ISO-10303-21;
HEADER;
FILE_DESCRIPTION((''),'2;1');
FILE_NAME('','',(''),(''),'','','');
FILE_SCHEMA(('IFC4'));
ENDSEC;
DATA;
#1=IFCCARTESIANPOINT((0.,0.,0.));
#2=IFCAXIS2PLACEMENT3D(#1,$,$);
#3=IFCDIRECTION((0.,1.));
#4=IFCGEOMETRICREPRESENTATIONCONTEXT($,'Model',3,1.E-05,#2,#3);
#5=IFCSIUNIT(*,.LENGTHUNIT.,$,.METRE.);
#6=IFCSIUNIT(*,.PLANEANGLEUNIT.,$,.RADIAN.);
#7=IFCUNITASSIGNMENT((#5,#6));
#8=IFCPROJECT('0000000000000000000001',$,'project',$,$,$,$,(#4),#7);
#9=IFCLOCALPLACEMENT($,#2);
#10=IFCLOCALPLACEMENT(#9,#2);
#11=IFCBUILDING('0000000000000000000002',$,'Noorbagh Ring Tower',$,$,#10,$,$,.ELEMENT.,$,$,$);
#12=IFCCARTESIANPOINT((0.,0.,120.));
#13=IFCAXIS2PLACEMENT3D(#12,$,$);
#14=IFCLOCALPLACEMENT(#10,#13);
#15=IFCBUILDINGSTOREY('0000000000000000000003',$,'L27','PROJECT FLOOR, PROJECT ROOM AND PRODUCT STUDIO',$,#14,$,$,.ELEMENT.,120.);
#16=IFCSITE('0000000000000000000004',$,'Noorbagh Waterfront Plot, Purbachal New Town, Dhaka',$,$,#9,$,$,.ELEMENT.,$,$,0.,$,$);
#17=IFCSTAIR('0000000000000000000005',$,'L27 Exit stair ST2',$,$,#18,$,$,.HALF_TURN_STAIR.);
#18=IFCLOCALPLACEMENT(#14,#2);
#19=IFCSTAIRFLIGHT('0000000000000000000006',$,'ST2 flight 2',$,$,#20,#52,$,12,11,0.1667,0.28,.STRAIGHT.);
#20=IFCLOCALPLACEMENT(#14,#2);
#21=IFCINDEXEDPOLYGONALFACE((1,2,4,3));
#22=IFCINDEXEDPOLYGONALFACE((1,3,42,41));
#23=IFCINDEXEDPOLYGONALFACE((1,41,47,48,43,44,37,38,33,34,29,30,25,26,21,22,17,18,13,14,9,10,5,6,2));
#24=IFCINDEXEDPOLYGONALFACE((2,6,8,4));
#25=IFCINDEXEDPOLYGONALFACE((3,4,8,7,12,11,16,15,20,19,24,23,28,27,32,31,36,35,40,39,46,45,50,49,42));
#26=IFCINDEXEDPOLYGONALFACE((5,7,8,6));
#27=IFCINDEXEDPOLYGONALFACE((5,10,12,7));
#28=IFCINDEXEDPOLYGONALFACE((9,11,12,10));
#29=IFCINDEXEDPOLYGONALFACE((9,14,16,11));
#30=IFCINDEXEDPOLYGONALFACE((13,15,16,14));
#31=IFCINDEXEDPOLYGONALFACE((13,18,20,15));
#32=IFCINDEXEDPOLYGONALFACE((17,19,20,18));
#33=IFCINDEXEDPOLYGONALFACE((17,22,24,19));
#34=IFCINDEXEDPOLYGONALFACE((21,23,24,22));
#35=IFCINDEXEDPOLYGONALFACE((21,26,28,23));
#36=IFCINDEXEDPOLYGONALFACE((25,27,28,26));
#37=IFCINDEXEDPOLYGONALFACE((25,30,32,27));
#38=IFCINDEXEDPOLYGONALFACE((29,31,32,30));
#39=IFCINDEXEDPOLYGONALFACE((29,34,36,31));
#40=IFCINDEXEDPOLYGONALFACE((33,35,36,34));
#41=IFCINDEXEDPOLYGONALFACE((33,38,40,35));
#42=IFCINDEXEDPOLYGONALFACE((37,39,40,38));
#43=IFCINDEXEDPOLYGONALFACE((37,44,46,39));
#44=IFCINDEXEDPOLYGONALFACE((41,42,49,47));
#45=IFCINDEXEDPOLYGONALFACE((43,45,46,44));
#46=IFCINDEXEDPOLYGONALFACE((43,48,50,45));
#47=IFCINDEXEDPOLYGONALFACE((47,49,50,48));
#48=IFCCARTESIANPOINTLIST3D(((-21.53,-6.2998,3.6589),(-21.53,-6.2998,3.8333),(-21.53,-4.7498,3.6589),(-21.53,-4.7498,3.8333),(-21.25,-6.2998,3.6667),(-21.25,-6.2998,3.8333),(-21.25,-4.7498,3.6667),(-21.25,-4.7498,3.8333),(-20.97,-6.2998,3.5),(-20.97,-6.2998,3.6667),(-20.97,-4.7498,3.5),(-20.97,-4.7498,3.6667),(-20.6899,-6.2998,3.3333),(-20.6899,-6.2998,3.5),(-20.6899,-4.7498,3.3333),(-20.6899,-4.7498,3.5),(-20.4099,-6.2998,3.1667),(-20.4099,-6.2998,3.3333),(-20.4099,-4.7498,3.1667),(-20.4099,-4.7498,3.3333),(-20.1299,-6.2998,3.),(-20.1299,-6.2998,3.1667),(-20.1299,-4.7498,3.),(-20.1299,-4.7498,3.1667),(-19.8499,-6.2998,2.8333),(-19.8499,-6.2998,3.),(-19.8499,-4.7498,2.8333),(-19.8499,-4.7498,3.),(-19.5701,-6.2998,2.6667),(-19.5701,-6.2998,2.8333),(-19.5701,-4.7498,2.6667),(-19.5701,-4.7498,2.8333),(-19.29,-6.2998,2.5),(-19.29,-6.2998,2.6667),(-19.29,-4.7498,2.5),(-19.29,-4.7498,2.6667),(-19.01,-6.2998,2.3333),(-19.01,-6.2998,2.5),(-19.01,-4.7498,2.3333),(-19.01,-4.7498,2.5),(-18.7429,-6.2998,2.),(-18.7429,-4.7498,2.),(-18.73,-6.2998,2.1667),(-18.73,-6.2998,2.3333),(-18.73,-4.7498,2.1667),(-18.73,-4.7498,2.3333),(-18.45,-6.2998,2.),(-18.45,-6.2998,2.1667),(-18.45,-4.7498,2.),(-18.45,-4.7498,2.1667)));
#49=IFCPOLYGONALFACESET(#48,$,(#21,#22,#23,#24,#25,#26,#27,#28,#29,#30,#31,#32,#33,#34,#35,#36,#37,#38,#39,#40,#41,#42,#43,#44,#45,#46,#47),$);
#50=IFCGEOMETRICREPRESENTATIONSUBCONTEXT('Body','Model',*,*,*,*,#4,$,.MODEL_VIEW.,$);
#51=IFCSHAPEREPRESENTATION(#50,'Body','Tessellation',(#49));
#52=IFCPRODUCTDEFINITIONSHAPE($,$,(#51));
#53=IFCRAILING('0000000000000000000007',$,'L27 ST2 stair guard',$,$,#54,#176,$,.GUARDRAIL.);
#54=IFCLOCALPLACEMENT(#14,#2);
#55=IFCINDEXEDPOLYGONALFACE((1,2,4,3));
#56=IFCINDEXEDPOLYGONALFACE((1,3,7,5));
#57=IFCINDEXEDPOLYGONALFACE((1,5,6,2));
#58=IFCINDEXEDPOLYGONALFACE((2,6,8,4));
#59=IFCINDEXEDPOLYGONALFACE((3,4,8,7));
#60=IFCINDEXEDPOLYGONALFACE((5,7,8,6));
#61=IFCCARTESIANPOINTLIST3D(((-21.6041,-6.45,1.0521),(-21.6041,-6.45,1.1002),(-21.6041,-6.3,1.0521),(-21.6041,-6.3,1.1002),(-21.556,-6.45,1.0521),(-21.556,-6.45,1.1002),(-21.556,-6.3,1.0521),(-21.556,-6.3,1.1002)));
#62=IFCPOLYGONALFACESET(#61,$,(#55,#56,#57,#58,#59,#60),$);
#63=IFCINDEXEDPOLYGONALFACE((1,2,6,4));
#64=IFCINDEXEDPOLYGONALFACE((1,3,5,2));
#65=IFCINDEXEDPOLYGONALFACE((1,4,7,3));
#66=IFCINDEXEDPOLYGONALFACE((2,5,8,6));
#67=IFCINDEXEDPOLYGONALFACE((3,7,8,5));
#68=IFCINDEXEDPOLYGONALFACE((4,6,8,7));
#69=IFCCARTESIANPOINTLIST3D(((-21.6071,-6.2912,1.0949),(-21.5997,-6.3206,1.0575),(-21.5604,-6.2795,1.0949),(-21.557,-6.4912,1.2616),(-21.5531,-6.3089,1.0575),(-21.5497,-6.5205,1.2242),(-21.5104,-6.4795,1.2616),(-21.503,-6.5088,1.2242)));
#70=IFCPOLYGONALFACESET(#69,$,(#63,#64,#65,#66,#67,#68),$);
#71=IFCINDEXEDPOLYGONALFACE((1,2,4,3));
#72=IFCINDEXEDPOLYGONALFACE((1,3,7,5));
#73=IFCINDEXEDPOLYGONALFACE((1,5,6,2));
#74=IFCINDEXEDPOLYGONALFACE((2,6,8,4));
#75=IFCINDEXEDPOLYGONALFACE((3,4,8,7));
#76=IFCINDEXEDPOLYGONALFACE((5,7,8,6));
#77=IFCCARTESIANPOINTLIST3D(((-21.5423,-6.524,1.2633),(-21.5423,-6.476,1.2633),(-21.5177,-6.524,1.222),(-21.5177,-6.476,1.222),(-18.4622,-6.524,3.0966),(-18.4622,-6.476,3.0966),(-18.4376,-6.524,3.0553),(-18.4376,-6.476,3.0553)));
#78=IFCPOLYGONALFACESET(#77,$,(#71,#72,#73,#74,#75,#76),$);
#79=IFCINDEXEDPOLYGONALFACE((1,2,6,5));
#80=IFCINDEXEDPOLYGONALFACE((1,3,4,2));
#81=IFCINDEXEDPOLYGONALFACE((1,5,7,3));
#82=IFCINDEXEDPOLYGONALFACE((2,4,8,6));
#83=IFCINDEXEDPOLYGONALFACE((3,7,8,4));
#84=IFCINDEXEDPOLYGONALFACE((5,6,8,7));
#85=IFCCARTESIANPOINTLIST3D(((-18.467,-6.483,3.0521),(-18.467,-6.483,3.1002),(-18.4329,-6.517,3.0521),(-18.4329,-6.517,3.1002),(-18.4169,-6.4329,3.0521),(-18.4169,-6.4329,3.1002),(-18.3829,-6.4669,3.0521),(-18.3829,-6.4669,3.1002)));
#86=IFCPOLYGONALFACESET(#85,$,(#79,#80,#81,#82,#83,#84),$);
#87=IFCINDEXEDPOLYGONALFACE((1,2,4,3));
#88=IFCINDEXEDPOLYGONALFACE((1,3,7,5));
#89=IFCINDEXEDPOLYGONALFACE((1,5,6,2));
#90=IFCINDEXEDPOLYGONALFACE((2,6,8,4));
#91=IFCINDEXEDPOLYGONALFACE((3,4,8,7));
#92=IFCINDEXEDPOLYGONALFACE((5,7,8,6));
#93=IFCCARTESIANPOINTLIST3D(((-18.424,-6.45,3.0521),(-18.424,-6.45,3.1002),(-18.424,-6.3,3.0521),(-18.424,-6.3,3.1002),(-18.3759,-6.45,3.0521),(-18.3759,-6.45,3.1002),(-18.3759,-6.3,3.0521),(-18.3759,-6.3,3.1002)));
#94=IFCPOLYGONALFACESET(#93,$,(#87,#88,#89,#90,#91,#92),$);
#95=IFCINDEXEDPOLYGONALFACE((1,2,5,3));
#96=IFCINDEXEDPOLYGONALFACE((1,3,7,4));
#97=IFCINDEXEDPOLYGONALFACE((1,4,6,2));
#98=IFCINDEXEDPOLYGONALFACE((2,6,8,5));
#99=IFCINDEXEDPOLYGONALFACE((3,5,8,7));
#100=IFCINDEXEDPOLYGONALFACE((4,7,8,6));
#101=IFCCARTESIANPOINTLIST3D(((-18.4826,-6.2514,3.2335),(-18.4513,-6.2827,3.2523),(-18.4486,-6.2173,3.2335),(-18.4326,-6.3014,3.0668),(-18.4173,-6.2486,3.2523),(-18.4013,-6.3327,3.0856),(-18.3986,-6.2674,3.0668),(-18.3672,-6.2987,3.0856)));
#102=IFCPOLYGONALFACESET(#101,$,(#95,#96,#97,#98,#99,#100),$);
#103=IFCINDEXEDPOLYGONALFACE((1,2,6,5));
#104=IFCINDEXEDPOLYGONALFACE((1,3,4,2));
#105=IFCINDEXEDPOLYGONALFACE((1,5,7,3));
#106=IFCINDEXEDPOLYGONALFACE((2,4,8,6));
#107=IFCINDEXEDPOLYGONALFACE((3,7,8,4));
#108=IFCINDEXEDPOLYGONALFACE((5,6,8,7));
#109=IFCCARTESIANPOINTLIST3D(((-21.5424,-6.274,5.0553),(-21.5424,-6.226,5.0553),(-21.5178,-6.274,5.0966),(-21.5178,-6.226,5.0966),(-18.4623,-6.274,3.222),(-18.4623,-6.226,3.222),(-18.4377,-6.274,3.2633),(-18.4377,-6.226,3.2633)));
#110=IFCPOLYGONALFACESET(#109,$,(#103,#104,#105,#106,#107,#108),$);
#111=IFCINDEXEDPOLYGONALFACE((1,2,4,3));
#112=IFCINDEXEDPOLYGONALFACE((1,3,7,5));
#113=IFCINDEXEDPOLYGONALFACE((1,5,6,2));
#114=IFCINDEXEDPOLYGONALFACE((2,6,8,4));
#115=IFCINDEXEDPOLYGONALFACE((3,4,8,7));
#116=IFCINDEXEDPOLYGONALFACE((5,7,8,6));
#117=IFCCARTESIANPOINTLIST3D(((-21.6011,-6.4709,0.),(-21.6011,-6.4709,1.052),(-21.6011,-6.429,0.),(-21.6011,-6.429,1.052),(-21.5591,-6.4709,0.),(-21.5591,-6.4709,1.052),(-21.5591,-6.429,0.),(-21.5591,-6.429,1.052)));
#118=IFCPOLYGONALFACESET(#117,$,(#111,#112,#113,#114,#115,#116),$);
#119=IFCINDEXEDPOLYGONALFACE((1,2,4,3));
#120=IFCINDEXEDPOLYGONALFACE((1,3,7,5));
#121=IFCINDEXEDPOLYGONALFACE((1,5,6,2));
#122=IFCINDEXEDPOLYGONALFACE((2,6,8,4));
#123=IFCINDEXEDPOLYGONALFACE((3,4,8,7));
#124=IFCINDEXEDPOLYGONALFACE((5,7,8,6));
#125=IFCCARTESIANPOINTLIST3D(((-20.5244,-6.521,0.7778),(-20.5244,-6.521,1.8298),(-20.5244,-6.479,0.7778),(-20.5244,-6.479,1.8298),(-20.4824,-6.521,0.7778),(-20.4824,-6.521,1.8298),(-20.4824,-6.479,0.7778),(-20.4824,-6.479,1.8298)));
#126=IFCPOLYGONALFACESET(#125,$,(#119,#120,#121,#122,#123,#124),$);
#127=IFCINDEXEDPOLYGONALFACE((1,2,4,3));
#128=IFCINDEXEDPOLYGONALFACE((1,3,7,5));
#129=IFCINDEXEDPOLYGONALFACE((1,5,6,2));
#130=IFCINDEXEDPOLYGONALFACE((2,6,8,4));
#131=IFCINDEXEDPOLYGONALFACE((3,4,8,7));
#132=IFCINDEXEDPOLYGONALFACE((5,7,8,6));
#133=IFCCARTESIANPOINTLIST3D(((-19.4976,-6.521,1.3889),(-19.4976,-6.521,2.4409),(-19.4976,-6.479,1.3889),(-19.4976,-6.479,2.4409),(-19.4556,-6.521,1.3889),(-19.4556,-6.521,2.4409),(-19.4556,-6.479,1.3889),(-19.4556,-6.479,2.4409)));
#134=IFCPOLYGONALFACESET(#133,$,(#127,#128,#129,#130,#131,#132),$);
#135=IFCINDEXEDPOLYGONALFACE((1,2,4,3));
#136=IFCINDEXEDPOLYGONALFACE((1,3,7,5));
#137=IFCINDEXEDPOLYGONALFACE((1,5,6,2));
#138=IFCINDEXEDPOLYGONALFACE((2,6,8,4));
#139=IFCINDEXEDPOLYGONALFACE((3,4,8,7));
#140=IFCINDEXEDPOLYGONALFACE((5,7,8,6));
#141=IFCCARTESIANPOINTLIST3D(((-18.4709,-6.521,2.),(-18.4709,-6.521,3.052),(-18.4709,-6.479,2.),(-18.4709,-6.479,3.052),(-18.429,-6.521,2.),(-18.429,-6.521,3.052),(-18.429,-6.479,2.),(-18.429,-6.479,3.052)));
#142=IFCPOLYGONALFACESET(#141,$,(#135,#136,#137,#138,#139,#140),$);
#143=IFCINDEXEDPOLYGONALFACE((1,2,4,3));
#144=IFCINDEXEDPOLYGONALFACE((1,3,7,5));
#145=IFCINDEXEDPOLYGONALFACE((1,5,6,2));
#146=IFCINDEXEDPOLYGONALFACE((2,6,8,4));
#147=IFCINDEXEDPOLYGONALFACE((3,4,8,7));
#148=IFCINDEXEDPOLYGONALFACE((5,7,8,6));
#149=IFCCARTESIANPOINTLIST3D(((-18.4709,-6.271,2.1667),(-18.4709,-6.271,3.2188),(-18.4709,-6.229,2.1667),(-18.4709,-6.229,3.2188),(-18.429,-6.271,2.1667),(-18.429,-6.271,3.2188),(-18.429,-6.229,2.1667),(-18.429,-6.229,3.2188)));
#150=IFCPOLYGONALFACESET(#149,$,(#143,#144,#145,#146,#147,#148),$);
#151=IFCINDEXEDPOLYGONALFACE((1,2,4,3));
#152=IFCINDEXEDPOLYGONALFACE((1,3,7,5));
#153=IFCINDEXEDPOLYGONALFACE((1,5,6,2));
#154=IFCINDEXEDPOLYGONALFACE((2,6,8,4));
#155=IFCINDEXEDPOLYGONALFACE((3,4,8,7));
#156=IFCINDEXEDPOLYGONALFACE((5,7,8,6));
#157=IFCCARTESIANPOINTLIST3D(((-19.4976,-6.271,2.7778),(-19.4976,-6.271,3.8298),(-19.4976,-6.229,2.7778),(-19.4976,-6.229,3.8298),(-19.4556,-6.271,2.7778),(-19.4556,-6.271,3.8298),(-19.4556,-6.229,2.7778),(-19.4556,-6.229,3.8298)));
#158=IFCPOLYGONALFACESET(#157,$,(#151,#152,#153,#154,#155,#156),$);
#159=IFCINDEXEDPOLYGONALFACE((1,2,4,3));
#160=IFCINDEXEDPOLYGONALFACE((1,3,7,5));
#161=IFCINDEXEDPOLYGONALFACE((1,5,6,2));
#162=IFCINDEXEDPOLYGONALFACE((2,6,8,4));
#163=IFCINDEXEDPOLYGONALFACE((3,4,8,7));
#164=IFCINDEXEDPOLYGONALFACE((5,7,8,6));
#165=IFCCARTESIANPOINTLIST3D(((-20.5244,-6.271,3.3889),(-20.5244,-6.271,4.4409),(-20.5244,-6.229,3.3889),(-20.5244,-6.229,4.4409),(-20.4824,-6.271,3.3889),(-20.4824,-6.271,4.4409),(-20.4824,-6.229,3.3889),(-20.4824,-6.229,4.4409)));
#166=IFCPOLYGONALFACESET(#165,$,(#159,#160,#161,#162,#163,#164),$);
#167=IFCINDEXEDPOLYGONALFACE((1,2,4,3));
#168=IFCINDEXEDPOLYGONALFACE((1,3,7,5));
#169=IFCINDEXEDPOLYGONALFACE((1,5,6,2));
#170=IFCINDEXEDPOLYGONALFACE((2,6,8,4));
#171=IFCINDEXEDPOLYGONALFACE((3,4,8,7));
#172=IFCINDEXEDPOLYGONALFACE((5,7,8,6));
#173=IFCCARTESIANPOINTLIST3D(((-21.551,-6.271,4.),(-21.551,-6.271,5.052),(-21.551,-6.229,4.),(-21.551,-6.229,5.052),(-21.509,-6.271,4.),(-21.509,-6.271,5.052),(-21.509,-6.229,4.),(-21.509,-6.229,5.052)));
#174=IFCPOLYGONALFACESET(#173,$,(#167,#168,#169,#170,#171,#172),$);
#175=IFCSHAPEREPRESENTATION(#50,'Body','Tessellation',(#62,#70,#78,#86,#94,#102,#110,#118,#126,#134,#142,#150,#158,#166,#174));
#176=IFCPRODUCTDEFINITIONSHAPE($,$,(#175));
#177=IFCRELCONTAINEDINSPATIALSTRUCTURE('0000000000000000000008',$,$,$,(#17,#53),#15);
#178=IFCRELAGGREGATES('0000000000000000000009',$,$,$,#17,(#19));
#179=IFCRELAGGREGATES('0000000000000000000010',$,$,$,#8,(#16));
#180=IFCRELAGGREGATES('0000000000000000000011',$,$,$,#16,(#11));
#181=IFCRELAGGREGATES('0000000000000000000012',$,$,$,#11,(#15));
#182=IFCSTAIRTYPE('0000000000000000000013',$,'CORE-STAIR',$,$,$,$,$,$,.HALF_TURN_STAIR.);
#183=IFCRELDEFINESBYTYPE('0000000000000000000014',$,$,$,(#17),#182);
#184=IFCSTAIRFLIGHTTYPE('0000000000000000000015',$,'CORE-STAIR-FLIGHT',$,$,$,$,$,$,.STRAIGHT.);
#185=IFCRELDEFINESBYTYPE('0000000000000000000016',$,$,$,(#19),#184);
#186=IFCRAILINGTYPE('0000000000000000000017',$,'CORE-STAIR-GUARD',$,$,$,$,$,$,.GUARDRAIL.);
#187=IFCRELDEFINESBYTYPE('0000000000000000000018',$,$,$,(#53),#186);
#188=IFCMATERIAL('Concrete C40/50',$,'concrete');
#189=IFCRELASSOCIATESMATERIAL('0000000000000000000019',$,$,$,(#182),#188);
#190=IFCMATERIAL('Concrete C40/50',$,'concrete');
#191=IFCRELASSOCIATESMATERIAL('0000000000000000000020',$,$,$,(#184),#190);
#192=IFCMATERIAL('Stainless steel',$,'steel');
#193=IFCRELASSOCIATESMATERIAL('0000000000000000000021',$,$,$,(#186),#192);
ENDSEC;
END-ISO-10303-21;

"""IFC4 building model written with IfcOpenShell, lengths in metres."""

from ifc_helpers import new_model, si_unit, direction, frame, origin, origin_2d, place, context, subcontext, project, spatial, polyline, rectangle, outline, extrude, material, type_object, element, aggregate, save


model = new_model("IFC4")

# Units and contexts
model_context = context("Model", 3, precision=1e-05, world=origin(), true_north=direction((0.0, 1.0)))
body_context = subcontext(model_context, "Body", "Model", "MODEL_VIEW")
ifc_project = project(units=[si_unit("LENGTHUNIT", "METRE"), si_unit("PLANEANGLEUNIT", "RADIAN")], contexts=[model_context])

# Site, building, storey
site_placement = place(None, origin())
site = spatial("IfcSite", under=ifc_project, at=site_placement, Name="Noorbagh Waterfront Plot, Purbachal New Town, Dhaka", CompositionType="ELEMENT", RefElevation=0.0)
building_placement = place(site_placement, origin())
building = spatial("IfcBuilding", under=site, at=building_placement, Name="Noorbagh Ring Tower", CompositionType="ELEMENT")
storey_placement = place(building_placement, frame((0.0, 0.0, 120.0)))
storey = spatial("IfcBuildingStorey", under=building, at=storey_placement, Name="L27", Description="PROJECT FLOOR, PROJECT ROOM AND PRODUCT STUDIO", CompositionType="ELEMENT", Elevation=120.0)

# Stair, stair flight
ifc_material_1 = material(Name="Concrete C40/50", Category="concrete")
stair_type = type_object("IfcStairType", Name="CORE-STAIR", PredefinedType="HALF_TURN_STAIR", material=ifc_material_1)
stair_placement = place(storey_placement, origin())
stair = element("IfcStair", 1, at=stair_placement, inside=storey, type_object=stair_type, Name="L27 Exit stair ST2", PredefinedType="HALF_TURN_STAIR")
ifc_material_2 = material(Name="Concrete C40/50", Category="concrete")
stair_flight_type = type_object("IfcStairFlightType", Name="CORE-STAIR-FLIGHT", PredefinedType="STRAIGHT", material=ifc_material_2)
stair_flight_1_placement = place(storey_placement, frame((-18.45, -5.5249, 2.0), z_axis=(0.0, 0.0, 1.0), x_axis=(-1.0, 0.0, 0.0)))
stair_flight_1 = element("IfcStairFlight", 2, at=stair_flight_1_placement, type_object=stair_flight_type, Name="ST2 flight 2", NumberOfRisers=12, NumberOfTreads=11, PredefinedType="STRAIGHT", RiserHeight=0.1667, TreadLength=0.28, context=body_context, shape_type="SweptSolid", body=[
    extrude(outline(polyline([(0.0, 0.0), (0.0, 0.1667), (0.28, 0.1667), (0.28, 0.3333), (0.5601, 0.3333), (0.5601, 0.5), (0.8401, 0.5), (0.8401, 0.6667), (1.1201, 0.6667), (1.1201, 0.8333), (1.3999, 0.8333), (1.3999, 1.0), (1.6799, 1.0), (1.6799, 1.1667), (1.96, 1.1667), (1.96, 1.3333), (2.24, 1.3333), (2.24, 1.5), (2.52, 1.5), (2.52, 1.6667), (2.8, 1.6667), (2.8, 1.8333), (3.0801, 1.8333), (3.0801, 2.0), (3.0801, 1.6589), (0.293, 0.0), (0.0, 0.0)])), frame((0.0, 0.7749, 0.0), z_axis=(0.0, -1.0, 0.0), x_axis=(1.0, 0.0, 0.0)), (0.0, 0.0, 1.0), 1.55),
])
aggregate(stair, [stair_flight_1])

# Railing
ifc_material_3 = material(Name="Stainless steel", Category="steel")
railing_type_1 = type_object("IfcRailingType", Name="CORE-STAIR-GUARD", PredefinedType="GUARDRAIL", material=ifc_material_3)
railing_1_placement = place(storey_placement, frame((-21.5801, -6.45, 0.0)))
element("IfcRailing", 3, at=railing_1_placement, inside=storey, type_object=railing_type_1, Name="L27 ST2 stair guard", PredefinedType="GUARDRAIL", context=body_context, shape_type="SweptSolid", body=[
    extrude(rectangle(XDim=0.0481, YDim=0.0481, at=origin_2d()), frame((0.0, 0.0, 1.0762), z_axis=(0.0, 1.0, 0.0), x_axis=(-1.0, 0.0, 0.0)), (0.0, 0.0, 1.0), 0.1499),
    extrude(rectangle(XDim=0.0481, YDim=0.0481, at=origin_2d()), frame((0.0, 0.1499, 1.0762), z_axis=(0.188776, -0.754182, 0.628946), x_axis=(0.970073, 0.242814, 0.0)), (0.0, 0.0, 1.0), 0.2651),
    extrude(rectangle(XDim=0.0481, YDim=0.0481, at=origin_2d()), frame((0.05, -0.05, 1.2427), z_axis=(0.859309, 0.0, 0.511458), x_axis=(0.0, 1.0, 0.0)), (0.0, 0.0, 1.0), 3.5845),
    extrude(rectangle(XDim=0.0481, YDim=0.0481, at=origin_2d()), frame((3.1301, -0.05, 3.0762), z_axis=(0.707107, 0.707107, 0.0), x_axis=(-0.707107, 0.707107, 0.0)), (0.0, 0.0, 1.0), 0.0708),
    extrude(rectangle(XDim=0.0481, YDim=0.0481, at=origin_2d()), frame((3.1802, 0.0, 3.0762), z_axis=(0.0, 1.0, 0.0), x_axis=(-1.0, 0.0, 0.0)), (0.0, 0.0, 1.0), 0.1499),
    extrude(rectangle(XDim=0.0481, YDim=0.0481, at=origin_2d()), frame((3.1802, 0.1499, 3.0762), z_axis=(-0.276287, 0.276287, 0.920506), x_axis=(-0.707107, -0.707107, 0.0)), (0.0, 0.0, 1.0), 0.1812),
    extrude(rectangle(XDim=0.0481, YDim=0.0481, at=origin_2d()), frame((3.1301, 0.2, 3.2427), z_axis=(-0.859309, 0.0, 0.511458), x_axis=(0.0, -1.0, 0.0)), (0.0, 0.0, 1.0), 3.5845),
    extrude(rectangle(XDim=0.042, YDim=0.042, at=origin_2d()), origin(), (0.0, 0.0, 1.0), 1.052),
    extrude(rectangle(XDim=0.042, YDim=0.042, at=origin_2d()), frame((1.0767, -0.05, 0.7778)), (0.0, 0.0, 1.0), 1.052),
    extrude(rectangle(XDim=0.042, YDim=0.042, at=origin_2d()), frame((2.1035, -0.05, 1.3889)), (0.0, 0.0, 1.0), 1.052),
    extrude(rectangle(XDim=0.042, YDim=0.042, at=origin_2d()), frame((3.1301, -0.05, 2.0)), (0.0, 0.0, 1.0), 1.052),
    extrude(rectangle(XDim=0.042, YDim=0.042, at=origin_2d()), frame((3.1301, 0.2, 2.1667)), (0.0, 0.0, 1.0), 1.052),
    extrude(rectangle(XDim=0.042, YDim=0.042, at=origin_2d()), frame((2.1035, 0.2, 2.7778)), (0.0, 0.0, 1.0), 1.052),
    extrude(rectangle(XDim=0.042, YDim=0.042, at=origin_2d()), frame((1.0767, 0.2, 3.3889)), (0.0, 0.0, 1.0), 1.052),
    extrude(rectangle(XDim=0.042, YDim=0.042, at=origin_2d()), frame((0.05, 0.2, 4.0)), (0.0, 0.0, 1.0), 1.052),
])

save(model, "model.ifc")
